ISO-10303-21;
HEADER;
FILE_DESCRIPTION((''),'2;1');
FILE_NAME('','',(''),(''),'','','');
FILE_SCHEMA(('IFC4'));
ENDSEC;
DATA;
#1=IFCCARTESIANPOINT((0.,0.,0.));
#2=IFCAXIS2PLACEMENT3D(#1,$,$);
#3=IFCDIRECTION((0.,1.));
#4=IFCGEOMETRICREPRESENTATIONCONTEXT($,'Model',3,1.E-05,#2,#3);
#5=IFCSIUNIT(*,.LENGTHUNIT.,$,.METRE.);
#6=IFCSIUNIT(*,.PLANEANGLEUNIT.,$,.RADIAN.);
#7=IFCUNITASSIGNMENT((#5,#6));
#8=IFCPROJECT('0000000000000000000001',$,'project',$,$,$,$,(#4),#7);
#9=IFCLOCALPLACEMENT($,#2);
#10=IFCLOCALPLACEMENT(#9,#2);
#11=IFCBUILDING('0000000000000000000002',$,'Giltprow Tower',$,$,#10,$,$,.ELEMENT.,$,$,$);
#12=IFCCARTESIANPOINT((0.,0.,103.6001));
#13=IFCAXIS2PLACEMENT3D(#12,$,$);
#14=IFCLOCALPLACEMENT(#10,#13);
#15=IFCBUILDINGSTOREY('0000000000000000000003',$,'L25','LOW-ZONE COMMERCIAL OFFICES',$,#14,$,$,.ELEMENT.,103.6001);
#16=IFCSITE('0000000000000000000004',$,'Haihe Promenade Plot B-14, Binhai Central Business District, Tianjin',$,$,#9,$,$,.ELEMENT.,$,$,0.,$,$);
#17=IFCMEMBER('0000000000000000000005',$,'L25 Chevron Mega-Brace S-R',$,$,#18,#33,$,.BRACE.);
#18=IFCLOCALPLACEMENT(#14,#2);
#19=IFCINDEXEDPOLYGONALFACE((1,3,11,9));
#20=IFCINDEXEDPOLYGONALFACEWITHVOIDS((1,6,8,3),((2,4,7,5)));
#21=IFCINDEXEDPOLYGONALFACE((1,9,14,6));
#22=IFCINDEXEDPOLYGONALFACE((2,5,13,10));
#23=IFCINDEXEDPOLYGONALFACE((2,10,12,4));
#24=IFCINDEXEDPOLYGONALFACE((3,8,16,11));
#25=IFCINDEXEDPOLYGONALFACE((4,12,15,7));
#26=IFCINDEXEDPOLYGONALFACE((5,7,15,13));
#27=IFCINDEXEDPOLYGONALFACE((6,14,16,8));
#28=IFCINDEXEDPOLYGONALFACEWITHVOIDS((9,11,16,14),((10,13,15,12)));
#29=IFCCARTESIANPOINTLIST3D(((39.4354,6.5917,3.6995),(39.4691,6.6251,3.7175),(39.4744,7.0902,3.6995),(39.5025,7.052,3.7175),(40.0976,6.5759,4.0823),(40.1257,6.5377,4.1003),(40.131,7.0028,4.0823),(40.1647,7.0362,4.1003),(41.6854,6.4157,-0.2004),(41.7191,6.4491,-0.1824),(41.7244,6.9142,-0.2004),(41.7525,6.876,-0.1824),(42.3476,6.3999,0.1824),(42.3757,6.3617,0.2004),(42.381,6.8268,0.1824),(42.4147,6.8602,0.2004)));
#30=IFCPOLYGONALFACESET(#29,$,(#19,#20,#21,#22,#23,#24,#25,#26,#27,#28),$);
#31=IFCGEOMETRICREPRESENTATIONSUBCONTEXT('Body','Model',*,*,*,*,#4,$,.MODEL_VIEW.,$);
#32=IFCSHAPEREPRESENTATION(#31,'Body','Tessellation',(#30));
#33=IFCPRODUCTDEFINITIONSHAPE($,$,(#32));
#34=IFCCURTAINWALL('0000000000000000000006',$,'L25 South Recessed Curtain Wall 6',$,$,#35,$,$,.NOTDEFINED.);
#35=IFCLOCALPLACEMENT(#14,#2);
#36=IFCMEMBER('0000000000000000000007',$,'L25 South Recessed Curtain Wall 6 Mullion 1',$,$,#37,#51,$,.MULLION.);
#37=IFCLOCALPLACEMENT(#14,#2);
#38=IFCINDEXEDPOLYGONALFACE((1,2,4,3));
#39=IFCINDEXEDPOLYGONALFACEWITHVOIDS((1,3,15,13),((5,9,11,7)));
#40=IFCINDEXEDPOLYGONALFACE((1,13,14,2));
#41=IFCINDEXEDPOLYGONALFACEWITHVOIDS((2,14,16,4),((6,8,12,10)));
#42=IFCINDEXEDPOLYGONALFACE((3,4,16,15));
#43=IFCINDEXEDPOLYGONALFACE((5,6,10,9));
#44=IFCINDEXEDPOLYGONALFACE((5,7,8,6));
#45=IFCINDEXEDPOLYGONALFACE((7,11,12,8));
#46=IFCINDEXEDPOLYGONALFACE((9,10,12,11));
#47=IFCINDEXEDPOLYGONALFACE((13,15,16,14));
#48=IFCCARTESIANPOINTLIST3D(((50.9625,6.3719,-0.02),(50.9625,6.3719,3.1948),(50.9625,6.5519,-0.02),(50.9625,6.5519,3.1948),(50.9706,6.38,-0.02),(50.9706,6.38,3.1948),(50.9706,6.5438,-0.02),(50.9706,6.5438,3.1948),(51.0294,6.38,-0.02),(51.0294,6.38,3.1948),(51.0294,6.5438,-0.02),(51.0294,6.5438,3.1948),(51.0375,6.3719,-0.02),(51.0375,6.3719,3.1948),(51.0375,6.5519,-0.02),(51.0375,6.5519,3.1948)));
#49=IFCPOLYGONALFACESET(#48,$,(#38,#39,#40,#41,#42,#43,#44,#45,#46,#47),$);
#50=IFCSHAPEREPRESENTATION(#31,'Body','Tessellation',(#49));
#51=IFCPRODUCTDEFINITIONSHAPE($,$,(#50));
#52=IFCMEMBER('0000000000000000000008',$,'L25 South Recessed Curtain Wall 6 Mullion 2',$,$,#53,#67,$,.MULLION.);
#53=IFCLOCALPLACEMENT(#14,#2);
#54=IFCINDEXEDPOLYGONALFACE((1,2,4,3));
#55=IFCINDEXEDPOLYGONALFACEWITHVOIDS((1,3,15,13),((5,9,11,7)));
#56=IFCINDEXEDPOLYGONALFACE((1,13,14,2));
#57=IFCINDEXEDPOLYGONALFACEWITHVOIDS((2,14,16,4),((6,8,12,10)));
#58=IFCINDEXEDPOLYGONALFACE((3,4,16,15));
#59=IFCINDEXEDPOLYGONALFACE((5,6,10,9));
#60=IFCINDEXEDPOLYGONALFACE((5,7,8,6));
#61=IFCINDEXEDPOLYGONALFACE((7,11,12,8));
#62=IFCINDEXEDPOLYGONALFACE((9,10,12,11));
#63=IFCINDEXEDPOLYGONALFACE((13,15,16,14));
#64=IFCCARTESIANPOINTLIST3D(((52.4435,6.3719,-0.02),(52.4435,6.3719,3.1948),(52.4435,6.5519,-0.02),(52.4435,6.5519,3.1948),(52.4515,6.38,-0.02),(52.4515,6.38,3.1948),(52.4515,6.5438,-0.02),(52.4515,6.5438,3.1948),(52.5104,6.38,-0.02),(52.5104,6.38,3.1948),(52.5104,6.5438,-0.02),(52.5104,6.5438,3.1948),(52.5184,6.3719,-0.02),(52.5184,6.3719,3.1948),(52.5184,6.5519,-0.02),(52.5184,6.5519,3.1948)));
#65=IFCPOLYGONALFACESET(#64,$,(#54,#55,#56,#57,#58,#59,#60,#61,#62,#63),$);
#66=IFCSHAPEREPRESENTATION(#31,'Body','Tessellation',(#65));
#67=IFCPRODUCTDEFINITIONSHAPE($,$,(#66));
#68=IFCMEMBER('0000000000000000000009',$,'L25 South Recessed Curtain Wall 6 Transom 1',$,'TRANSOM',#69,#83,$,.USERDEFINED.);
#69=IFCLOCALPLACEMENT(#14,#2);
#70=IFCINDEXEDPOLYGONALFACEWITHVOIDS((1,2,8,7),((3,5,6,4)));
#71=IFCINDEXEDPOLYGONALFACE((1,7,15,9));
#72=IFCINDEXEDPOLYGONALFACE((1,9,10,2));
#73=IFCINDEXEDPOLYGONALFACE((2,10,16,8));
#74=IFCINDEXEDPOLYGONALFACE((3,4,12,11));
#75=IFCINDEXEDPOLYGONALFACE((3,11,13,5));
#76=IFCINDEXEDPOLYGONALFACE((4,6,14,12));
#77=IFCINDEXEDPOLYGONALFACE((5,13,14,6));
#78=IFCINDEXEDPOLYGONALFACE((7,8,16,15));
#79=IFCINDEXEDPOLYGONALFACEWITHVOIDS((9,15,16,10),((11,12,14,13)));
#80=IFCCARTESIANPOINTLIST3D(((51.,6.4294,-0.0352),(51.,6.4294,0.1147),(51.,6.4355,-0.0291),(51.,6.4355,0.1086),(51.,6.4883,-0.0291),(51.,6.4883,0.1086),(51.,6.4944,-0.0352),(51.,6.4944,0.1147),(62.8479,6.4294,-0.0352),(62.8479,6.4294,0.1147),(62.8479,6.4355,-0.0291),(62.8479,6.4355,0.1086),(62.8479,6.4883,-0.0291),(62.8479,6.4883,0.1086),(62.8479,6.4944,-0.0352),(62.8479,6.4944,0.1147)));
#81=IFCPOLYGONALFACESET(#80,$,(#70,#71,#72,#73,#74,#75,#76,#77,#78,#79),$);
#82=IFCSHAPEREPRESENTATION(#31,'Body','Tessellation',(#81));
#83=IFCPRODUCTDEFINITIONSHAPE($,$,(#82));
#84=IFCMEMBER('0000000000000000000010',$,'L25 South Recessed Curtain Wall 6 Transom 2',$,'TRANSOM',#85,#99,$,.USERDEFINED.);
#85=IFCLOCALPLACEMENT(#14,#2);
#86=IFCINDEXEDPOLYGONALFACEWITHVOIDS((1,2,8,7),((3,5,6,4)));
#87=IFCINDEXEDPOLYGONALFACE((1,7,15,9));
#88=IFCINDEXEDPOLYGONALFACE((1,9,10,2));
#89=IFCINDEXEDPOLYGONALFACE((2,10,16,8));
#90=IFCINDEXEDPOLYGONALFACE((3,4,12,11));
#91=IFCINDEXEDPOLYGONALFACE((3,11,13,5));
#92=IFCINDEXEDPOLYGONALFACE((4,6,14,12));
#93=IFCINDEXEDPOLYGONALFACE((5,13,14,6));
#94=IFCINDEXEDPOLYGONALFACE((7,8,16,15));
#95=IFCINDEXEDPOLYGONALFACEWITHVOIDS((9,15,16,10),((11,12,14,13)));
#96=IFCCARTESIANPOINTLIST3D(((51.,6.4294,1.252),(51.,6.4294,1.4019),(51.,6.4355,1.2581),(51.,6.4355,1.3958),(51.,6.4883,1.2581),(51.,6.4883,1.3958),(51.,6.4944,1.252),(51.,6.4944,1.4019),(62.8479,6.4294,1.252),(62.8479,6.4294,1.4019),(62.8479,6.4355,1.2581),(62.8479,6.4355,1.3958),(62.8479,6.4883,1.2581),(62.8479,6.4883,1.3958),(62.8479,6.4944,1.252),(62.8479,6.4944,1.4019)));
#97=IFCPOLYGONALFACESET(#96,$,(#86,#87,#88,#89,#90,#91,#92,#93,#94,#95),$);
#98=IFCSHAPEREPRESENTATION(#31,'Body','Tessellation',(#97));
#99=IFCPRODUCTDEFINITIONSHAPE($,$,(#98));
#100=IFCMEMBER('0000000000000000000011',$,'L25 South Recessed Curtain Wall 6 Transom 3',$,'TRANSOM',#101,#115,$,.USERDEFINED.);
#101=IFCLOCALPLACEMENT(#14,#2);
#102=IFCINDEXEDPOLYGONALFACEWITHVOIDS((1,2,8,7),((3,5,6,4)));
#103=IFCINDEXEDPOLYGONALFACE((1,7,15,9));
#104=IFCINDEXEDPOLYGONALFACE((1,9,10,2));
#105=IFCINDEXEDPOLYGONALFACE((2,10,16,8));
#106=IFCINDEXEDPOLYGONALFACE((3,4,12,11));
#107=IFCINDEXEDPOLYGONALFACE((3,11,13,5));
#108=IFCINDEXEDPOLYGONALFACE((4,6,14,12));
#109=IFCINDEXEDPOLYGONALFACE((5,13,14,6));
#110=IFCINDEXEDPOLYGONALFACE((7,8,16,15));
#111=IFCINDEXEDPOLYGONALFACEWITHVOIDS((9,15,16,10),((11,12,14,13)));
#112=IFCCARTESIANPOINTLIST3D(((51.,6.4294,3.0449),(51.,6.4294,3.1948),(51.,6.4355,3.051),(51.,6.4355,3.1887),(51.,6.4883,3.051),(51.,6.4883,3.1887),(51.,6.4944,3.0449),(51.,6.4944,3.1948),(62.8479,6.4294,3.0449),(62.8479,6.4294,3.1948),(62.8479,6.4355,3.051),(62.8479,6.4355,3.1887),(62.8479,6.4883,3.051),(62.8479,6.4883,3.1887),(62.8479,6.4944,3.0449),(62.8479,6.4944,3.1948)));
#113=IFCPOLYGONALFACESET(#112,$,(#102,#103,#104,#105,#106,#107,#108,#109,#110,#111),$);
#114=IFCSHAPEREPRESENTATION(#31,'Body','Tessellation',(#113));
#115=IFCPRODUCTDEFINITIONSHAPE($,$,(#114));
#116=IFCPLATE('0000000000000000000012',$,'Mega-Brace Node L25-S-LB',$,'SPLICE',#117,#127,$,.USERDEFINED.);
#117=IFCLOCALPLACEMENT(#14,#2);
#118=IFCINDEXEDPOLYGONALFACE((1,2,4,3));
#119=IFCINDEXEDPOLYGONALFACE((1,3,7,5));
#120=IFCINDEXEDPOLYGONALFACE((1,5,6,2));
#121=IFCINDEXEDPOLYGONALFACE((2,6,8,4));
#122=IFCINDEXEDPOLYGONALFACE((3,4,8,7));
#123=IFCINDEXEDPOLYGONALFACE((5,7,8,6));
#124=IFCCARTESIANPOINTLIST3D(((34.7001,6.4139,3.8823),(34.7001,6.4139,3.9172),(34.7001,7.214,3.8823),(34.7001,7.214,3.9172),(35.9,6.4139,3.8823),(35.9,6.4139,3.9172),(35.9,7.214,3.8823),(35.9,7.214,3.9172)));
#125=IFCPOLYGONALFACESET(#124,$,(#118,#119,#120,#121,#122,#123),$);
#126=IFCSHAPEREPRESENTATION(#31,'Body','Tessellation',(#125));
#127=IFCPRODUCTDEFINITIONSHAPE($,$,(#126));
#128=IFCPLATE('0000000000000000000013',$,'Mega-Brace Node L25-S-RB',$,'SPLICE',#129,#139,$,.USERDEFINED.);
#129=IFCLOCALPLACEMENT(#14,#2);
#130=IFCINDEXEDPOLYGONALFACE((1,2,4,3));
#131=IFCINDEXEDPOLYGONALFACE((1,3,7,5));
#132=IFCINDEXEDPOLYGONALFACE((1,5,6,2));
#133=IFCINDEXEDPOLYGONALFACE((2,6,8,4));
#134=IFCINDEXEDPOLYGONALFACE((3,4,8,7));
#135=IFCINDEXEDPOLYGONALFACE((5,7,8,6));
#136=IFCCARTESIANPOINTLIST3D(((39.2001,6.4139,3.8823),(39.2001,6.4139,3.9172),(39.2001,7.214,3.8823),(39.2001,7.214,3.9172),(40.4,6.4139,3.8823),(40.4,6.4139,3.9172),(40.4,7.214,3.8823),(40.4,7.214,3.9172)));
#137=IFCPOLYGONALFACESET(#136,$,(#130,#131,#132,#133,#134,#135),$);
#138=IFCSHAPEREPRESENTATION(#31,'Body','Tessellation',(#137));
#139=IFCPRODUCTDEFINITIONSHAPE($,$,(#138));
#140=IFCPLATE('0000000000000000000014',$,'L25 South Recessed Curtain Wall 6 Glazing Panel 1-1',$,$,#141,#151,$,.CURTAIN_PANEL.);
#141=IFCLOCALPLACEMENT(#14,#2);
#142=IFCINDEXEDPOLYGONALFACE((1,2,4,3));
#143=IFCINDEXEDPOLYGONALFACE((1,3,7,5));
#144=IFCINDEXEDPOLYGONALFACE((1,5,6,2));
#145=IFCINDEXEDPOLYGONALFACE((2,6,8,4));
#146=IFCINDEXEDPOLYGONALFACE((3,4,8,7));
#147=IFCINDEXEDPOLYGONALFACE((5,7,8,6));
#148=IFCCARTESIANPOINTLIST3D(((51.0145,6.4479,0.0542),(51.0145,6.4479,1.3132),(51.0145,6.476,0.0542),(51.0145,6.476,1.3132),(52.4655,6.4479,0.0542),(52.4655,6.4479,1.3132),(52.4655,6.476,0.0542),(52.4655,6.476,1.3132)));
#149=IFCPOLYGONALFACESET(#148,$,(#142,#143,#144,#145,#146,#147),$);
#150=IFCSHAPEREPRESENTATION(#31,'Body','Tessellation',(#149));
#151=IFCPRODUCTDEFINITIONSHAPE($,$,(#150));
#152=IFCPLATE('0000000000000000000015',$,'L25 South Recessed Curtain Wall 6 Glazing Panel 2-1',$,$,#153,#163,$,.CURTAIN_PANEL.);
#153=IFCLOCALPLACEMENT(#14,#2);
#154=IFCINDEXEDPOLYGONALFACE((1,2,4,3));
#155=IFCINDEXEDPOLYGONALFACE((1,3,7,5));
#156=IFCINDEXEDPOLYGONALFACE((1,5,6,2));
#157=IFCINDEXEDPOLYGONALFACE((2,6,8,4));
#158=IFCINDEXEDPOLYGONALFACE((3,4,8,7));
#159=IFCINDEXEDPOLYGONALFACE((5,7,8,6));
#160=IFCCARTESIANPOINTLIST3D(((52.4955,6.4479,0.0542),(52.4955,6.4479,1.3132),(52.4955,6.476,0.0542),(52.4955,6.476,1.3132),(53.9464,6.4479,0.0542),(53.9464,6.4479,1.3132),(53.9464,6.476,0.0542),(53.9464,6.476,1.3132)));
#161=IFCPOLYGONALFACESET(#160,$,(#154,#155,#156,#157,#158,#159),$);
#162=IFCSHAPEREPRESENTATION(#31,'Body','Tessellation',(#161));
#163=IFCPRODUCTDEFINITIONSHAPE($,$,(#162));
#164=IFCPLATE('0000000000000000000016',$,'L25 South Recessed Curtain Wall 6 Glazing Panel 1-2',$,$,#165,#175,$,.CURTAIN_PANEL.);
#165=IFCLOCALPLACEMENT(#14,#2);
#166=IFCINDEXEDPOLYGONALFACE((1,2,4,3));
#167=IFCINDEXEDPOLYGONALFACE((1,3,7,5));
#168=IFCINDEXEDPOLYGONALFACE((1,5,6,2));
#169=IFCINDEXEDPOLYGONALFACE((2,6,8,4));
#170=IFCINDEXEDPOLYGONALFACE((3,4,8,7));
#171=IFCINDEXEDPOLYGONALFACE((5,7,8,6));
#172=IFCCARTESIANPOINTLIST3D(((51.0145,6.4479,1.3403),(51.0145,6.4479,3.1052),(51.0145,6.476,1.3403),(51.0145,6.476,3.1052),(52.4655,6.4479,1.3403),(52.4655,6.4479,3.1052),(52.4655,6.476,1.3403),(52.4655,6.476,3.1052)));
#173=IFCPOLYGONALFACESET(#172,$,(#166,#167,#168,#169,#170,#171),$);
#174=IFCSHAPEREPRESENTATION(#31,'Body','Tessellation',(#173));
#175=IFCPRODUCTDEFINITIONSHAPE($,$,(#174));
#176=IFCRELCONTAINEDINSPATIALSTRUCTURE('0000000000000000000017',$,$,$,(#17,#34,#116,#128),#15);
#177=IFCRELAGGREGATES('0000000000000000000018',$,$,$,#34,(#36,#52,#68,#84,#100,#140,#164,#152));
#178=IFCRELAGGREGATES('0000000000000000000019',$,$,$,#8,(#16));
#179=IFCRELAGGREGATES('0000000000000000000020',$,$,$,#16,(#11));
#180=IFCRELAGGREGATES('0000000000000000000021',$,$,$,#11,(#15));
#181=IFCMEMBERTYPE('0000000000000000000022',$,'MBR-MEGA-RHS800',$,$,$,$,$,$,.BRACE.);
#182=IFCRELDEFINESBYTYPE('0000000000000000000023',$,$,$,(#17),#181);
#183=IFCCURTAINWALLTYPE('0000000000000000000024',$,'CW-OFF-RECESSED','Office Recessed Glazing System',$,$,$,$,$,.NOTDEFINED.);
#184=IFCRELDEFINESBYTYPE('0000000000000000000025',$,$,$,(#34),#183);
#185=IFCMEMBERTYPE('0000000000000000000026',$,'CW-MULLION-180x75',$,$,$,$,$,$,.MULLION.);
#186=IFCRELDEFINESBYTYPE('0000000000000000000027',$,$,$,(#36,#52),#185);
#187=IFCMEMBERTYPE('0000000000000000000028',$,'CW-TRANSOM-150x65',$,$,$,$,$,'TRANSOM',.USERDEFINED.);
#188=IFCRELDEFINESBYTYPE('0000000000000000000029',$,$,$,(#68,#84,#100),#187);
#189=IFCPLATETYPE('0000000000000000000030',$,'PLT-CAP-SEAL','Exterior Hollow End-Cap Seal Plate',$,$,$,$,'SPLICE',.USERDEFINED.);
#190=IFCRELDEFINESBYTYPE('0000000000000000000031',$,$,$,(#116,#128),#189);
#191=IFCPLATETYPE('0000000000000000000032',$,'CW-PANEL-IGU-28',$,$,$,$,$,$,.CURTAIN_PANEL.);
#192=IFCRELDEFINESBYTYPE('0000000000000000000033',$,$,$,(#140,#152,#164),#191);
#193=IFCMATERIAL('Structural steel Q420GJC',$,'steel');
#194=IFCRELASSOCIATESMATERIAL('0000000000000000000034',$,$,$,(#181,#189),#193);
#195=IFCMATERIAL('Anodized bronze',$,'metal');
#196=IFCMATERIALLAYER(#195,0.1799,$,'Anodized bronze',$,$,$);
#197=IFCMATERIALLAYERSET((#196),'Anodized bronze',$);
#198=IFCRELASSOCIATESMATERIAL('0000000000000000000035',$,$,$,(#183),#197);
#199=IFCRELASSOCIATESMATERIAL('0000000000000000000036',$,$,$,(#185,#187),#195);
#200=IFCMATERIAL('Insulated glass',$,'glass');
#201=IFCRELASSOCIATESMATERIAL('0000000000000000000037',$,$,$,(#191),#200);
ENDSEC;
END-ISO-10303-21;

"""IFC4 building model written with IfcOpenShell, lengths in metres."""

from ifc_helpers import new_model, si_unit, direction, frame, origin, origin_2d, place, context, subcontext, project, spatial, rectangle, hollow_rectangle, extrude, source, transform, mapped, material, layer, layer_set, material_profile, profile_set, type_object, element, aggregate, save


model = new_model("IFC4")

# Units and contexts
model_context = context("Model", 3, precision=1e-05, world=origin(), true_north=direction((0.0, 1.0)))
body_context = subcontext(model_context, "Body", "Model", "MODEL_VIEW")
ifc_project = project(units=[si_unit("LENGTHUNIT", "METRE"), si_unit("PLANEANGLEUNIT", "RADIAN")], contexts=[model_context])

# Site, building, storey
site_placement = place(None, origin())
site = spatial("IfcSite", under=ifc_project, at=site_placement, Name="Haihe Promenade Plot B-14, Binhai Central Business District, Tianjin", CompositionType="ELEMENT", RefElevation=0.0)
building_placement = place(site_placement, origin())
building = spatial("IfcBuilding", under=site, at=building_placement, Name="Giltprow Tower", CompositionType="ELEMENT")
storey_placement = place(building_placement, frame((0.0, 0.0, 103.6001)))
storey = spatial("IfcBuildingStorey", under=building, at=storey_placement, Name="L25", Description="LOW-ZONE COMMERCIAL OFFICES", CompositionType="ELEMENT", Elevation=103.6001)

# Shared definitions
ifc_material_1 = material(Name="Structural steel Q420GJC", Category="steel")

# Member
ifc_material_profile_1 = material_profile(ifc_material_1, hollow_rectangle(XDim=0.5, YDim=0.8, WallThickness=0.0359, at=origin_2d()), Name="RHS 800x500x36")
ifc_profile_set_1 = profile_set([ifc_material_profile_1], Name="Structural steel Q420GJC")
member_type_1 = type_object("IfcMemberType", Name="MBR-MEGA-RHS800", PredefinedType="BRACE", material=ifc_profile_set_1)
shared_shape_1 = source(origin(), body_context, "Body", "SweptSolid", [
    extrude(hollow_rectangle(XDim=0.5, YDim=0.8, WallThickness=0.0359, at=origin_2d()), origin(), (0.0, 0.0, 1.0), 4.5059),
])
for number, where, z_axis, x_axis, name in (
    (1, (42.05, 6.6379, 0.0), (-0.49935, 0.039066, 0.865519), (-0.077995, -0.996954, 0.0), "L25 Chevron Mega-Brace S-R"),
):
    element("IfcMember", number, at=place(storey_placement, frame(where, z_axis=z_axis, x_axis=x_axis)), inside=storey, type_object=member_type_1, Name=name, PredefinedType="BRACE", context=body_context, shape_type="MappedRepresentation", body=[
        mapped(shared_shape_1, transform((0.0, 0.0, 0.0), x_axis=(1.0, 0.0, 0.0), y_axis=(0.0, 1.0, 0.0), z_axis=(0.0, 0.0, 1.0), scale=1.0)),
    ])

# Curtain wall, members
ifc_material_2 = material(Name="Anodized bronze", Category="metal")
ifc_layer_1 = layer(ifc_material_2, 0.1799, Name="Anodized bronze")
ifc_layer_set_1 = layer_set([ifc_layer_1], Name="Anodized bronze")
curtain_wall_type = type_object("IfcCurtainWallType", Name="CW-OFF-RECESSED", Description="Office Recessed Glazing System", PredefinedType="NOTDEFINED", material=ifc_layer_set_1)
curtain_wall_placement = place(storey_placement, origin())
curtain_wall = element("IfcCurtainWall", 2, at=curtain_wall_placement, inside=storey, type_object=curtain_wall_type, Name="L25 South Recessed Curtain Wall 6", PredefinedType="NOTDEFINED")
ifc_material_profile_2 = material_profile(ifc_material_2, hollow_rectangle(XDim=0.075, YDim=0.1799, WallThickness=0.0081, at=origin_2d()), Name="RHS 180x75x8")
ifc_profile_set_2 = profile_set([ifc_material_profile_2], Name="Anodized bronze")
member_type_2 = type_object("IfcMemberType", Name="CW-MULLION-180x75", PredefinedType="MULLION", material=ifc_profile_set_2)
shared_shape_2 = source(origin(), body_context, "Body", "SweptSolid", [
    extrude(hollow_rectangle(XDim=0.075, YDim=0.1799, WallThickness=0.0081, at=origin_2d()), origin(), (0.0, 0.0, 1.0), 3.2148),
])
member_1_placement = place(storey_placement, frame((51.0, 6.4619, -0.02), z_axis=(0.0, 0.0, 1.0), x_axis=(1.0, 0.0, 0.0)))
member_1 = element("IfcMember", 3, at=member_1_placement, type_object=member_type_2, Name="L25 South Recessed Curtain Wall 6 Mullion 1", PredefinedType="MULLION", context=body_context, shape_type="MappedRepresentation", body=[
    mapped(shared_shape_2, transform((0.0, 0.0, 0.0), x_axis=(1.0, 0.0, 0.0), y_axis=(0.0, 1.0, 0.0), z_axis=(0.0, 0.0, 1.0), scale=1.0)),
])
member_2_placement = place(storey_placement, frame((52.481, 6.4619, -0.02), z_axis=(0.0, 0.0, 1.0), x_axis=(1.0, 0.0, 0.0)))
member_2 = element("IfcMember", 4, at=member_2_placement, type_object=member_type_2, Name="L25 South Recessed Curtain Wall 6 Mullion 2", PredefinedType="MULLION", context=body_context, shape_type="MappedRepresentation", body=[
    mapped(shared_shape_2, transform((0.0, 0.0, 0.0), x_axis=(1.0, 0.0, 0.0), y_axis=(0.0, 1.0, 0.0), z_axis=(0.0, 0.0, 1.0), scale=1.0)),
])
ifc_material_profile_3 = material_profile(ifc_material_2, hollow_rectangle(XDim=0.0649, YDim=0.1499, WallThickness=0.0061, at=origin_2d()), Name="RHS 150x65x6")
ifc_profile_set_3 = profile_set([ifc_material_profile_3], Name="Anodized bronze")
member_type_3 = type_object("IfcMemberType", Name="CW-TRANSOM-150x65", ElementType="TRANSOM", PredefinedType="USERDEFINED", material=ifc_profile_set_3)
shared_shape_3 = source(origin(), body_context, "Body", "SweptSolid", [
    extrude(hollow_rectangle(XDim=0.0649, YDim=0.1499, WallThickness=0.0061, at=origin_2d()), origin(), (0.0, 0.0, 1.0), 11.8479),
])
member_3_placement = place(storey_placement, frame((51.0, 6.4619, 0.0398), z_axis=(1.0, 0.0, 0.0), x_axis=(0.0, 1.0, 0.0)))
member_3 = element("IfcMember", 5, at=member_3_placement, type_object=member_type_3, Name="L25 South Recessed Curtain Wall 6 Transom 1", ObjectType="TRANSOM", PredefinedType="USERDEFINED", context=body_context, shape_type="MappedRepresentation", body=[
    mapped(shared_shape_3, transform((0.0, 0.0, 0.0), x_axis=(1.0, 0.0, 0.0), y_axis=(0.0, 1.0, 0.0), z_axis=(0.0, 0.0, 1.0), scale=1.0)),
])
member_4_placement = place(storey_placement, frame((51.0, 6.4619, 1.3269), z_axis=(1.0, 0.0, 0.0), x_axis=(0.0, 1.0, 0.0)))
member_4 = element("IfcMember", 6, at=member_4_placement, type_object=member_type_3, Name="L25 South Recessed Curtain Wall 6 Transom 2", ObjectType="TRANSOM", PredefinedType="USERDEFINED", context=body_context, shape_type="MappedRepresentation", body=[
    mapped(shared_shape_3, transform((0.0, 0.0, 0.0), x_axis=(1.0, 0.0, 0.0), y_axis=(0.0, 1.0, 0.0), z_axis=(0.0, 0.0, 1.0), scale=1.0)),
])
member_5_placement = place(storey_placement, frame((51.0, 6.4619, 3.1199), z_axis=(1.0, 0.0, 0.0), x_axis=(0.0, 1.0, 0.0)))
member_5 = element("IfcMember", 7, at=member_5_placement, type_object=member_type_3, Name="L25 South Recessed Curtain Wall 6 Transom 3", ObjectType="TRANSOM", PredefinedType="USERDEFINED", context=body_context, shape_type="MappedRepresentation", body=[
    mapped(shared_shape_3, transform((0.0, 0.0, 0.0), x_axis=(1.0, 0.0, 0.0), y_axis=(0.0, 1.0, 0.0), z_axis=(0.0, 0.0, 1.0), scale=1.0)),
])

# Plates
plate_type_1 = type_object("IfcPlateType", Name="PLT-CAP-SEAL", Description="Exterior Hollow End-Cap Seal Plate", ElementType="SPLICE", PredefinedType="USERDEFINED", material=ifc_material_1)
shared_shape_4 = source(origin(), body_context, "Body", "SweptSolid", [
    extrude(rectangle(XDim=1.2, YDim=0.8, at=origin_2d()), origin(), (0.0, 0.0, 1.0), 0.0349),
])
for number, where, z_axis, x_axis, name in (
    (8, (35.3, 6.814, 3.8823), (0.0, 0.0, 1.0), (1.0, 0.0, 0.0), "Mega-Brace Node L25-S-LB"),
    (9, (39.8, 6.814, 3.8823), (0.0, 0.0, 1.0), (1.0, 0.0, 0.0), "Mega-Brace Node L25-S-RB"),
):
    element("IfcPlate", number, at=place(storey_placement, frame(where, z_axis=z_axis, x_axis=x_axis)), inside=storey, type_object=plate_type_1, Name=name, ObjectType="SPLICE", PredefinedType="USERDEFINED", context=body_context, shape_type="MappedRepresentation", body=[
        mapped(shared_shape_4, transform((0.0, 0.0, 0.0), x_axis=(1.0, 0.0, 0.0), y_axis=(0.0, 1.0, 0.0), z_axis=(0.0, 0.0, 1.0), scale=1.0)),
    ])

# Plates
ifc_material_3 = material(Name="Insulated glass", Category="glass")
plate_type_2 = type_object("IfcPlateType", Name="CW-PANEL-IGU-28", PredefinedType="CURTAIN_PANEL", material=ifc_material_3)
shared_shape_5 = source(origin(), body_context, "Body", "SweptSolid", [
    extrude(rectangle(XDim=1.4509, YDim=0.0281, at=origin_2d()), origin(), (0.0, 0.0, 1.0), 1.259),
])
plate_1_placement = place(storey_placement, frame((51.74, 6.4619, 0.0542), z_axis=(0.0, 0.0, 1.0), x_axis=(1.0, 0.0, 0.0)))
plate_1 = element("IfcPlate", 10, at=plate_1_placement, type_object=plate_type_2, Name="L25 South Recessed Curtain Wall 6 Glazing Panel 1-1", PredefinedType="CURTAIN_PANEL", context=body_context, shape_type="MappedRepresentation", body=[
    mapped(shared_shape_5, transform((0.0, 0.0, 0.0), x_axis=(1.0, 0.0, 0.0), y_axis=(0.0, 1.0, 0.0), z_axis=(0.0, 0.0, 1.0), scale=1.0)),
])
plate_2_placement = place(storey_placement, frame((53.2209, 6.4619, 0.0542), z_axis=(0.0, 0.0, 1.0), x_axis=(1.0, 0.0, 0.0)))
plate_2 = element("IfcPlate", 11, at=plate_2_placement, type_object=plate_type_2, Name="L25 South Recessed Curtain Wall 6 Glazing Panel 2-1", PredefinedType="CURTAIN_PANEL", context=body_context, shape_type="MappedRepresentation", body=[
    mapped(shared_shape_5, transform((0.0, 0.0, 0.0), x_axis=(1.0, 0.0, 0.0), y_axis=(0.0, 1.0, 0.0), z_axis=(0.0, 0.0, 1.0), scale=1.0)),
])
shared_shape_6 = source(origin(), body_context, "Body", "SweptSolid", [
    extrude(rectangle(XDim=1.4509, YDim=0.0281, at=origin_2d()), origin(), (0.0, 0.0, 1.0), 1.7649),
])
plate_3_placement = place(storey_placement, frame((51.74, 6.4619, 1.3403), z_axis=(0.0, 0.0, 1.0), x_axis=(1.0, 0.0, 0.0)))
plate_3 = element("IfcPlate", 12, at=plate_3_placement, type_object=plate_type_2, Name="L25 South Recessed Curtain Wall 6 Glazing Panel 1-2", PredefinedType="CURTAIN_PANEL", context=body_context, shape_type="MappedRepresentation", body=[
    mapped(shared_shape_6, transform((0.0, 0.0, 0.0), x_axis=(1.0, 0.0, 0.0), y_axis=(0.0, 1.0, 0.0), z_axis=(0.0, 0.0, 1.0), scale=1.0)),
])
aggregate(curtain_wall, [member_1, member_2, member_3, member_4, member_5, plate_1, plate_3, plate_2])

save(model, "model.ifc")
